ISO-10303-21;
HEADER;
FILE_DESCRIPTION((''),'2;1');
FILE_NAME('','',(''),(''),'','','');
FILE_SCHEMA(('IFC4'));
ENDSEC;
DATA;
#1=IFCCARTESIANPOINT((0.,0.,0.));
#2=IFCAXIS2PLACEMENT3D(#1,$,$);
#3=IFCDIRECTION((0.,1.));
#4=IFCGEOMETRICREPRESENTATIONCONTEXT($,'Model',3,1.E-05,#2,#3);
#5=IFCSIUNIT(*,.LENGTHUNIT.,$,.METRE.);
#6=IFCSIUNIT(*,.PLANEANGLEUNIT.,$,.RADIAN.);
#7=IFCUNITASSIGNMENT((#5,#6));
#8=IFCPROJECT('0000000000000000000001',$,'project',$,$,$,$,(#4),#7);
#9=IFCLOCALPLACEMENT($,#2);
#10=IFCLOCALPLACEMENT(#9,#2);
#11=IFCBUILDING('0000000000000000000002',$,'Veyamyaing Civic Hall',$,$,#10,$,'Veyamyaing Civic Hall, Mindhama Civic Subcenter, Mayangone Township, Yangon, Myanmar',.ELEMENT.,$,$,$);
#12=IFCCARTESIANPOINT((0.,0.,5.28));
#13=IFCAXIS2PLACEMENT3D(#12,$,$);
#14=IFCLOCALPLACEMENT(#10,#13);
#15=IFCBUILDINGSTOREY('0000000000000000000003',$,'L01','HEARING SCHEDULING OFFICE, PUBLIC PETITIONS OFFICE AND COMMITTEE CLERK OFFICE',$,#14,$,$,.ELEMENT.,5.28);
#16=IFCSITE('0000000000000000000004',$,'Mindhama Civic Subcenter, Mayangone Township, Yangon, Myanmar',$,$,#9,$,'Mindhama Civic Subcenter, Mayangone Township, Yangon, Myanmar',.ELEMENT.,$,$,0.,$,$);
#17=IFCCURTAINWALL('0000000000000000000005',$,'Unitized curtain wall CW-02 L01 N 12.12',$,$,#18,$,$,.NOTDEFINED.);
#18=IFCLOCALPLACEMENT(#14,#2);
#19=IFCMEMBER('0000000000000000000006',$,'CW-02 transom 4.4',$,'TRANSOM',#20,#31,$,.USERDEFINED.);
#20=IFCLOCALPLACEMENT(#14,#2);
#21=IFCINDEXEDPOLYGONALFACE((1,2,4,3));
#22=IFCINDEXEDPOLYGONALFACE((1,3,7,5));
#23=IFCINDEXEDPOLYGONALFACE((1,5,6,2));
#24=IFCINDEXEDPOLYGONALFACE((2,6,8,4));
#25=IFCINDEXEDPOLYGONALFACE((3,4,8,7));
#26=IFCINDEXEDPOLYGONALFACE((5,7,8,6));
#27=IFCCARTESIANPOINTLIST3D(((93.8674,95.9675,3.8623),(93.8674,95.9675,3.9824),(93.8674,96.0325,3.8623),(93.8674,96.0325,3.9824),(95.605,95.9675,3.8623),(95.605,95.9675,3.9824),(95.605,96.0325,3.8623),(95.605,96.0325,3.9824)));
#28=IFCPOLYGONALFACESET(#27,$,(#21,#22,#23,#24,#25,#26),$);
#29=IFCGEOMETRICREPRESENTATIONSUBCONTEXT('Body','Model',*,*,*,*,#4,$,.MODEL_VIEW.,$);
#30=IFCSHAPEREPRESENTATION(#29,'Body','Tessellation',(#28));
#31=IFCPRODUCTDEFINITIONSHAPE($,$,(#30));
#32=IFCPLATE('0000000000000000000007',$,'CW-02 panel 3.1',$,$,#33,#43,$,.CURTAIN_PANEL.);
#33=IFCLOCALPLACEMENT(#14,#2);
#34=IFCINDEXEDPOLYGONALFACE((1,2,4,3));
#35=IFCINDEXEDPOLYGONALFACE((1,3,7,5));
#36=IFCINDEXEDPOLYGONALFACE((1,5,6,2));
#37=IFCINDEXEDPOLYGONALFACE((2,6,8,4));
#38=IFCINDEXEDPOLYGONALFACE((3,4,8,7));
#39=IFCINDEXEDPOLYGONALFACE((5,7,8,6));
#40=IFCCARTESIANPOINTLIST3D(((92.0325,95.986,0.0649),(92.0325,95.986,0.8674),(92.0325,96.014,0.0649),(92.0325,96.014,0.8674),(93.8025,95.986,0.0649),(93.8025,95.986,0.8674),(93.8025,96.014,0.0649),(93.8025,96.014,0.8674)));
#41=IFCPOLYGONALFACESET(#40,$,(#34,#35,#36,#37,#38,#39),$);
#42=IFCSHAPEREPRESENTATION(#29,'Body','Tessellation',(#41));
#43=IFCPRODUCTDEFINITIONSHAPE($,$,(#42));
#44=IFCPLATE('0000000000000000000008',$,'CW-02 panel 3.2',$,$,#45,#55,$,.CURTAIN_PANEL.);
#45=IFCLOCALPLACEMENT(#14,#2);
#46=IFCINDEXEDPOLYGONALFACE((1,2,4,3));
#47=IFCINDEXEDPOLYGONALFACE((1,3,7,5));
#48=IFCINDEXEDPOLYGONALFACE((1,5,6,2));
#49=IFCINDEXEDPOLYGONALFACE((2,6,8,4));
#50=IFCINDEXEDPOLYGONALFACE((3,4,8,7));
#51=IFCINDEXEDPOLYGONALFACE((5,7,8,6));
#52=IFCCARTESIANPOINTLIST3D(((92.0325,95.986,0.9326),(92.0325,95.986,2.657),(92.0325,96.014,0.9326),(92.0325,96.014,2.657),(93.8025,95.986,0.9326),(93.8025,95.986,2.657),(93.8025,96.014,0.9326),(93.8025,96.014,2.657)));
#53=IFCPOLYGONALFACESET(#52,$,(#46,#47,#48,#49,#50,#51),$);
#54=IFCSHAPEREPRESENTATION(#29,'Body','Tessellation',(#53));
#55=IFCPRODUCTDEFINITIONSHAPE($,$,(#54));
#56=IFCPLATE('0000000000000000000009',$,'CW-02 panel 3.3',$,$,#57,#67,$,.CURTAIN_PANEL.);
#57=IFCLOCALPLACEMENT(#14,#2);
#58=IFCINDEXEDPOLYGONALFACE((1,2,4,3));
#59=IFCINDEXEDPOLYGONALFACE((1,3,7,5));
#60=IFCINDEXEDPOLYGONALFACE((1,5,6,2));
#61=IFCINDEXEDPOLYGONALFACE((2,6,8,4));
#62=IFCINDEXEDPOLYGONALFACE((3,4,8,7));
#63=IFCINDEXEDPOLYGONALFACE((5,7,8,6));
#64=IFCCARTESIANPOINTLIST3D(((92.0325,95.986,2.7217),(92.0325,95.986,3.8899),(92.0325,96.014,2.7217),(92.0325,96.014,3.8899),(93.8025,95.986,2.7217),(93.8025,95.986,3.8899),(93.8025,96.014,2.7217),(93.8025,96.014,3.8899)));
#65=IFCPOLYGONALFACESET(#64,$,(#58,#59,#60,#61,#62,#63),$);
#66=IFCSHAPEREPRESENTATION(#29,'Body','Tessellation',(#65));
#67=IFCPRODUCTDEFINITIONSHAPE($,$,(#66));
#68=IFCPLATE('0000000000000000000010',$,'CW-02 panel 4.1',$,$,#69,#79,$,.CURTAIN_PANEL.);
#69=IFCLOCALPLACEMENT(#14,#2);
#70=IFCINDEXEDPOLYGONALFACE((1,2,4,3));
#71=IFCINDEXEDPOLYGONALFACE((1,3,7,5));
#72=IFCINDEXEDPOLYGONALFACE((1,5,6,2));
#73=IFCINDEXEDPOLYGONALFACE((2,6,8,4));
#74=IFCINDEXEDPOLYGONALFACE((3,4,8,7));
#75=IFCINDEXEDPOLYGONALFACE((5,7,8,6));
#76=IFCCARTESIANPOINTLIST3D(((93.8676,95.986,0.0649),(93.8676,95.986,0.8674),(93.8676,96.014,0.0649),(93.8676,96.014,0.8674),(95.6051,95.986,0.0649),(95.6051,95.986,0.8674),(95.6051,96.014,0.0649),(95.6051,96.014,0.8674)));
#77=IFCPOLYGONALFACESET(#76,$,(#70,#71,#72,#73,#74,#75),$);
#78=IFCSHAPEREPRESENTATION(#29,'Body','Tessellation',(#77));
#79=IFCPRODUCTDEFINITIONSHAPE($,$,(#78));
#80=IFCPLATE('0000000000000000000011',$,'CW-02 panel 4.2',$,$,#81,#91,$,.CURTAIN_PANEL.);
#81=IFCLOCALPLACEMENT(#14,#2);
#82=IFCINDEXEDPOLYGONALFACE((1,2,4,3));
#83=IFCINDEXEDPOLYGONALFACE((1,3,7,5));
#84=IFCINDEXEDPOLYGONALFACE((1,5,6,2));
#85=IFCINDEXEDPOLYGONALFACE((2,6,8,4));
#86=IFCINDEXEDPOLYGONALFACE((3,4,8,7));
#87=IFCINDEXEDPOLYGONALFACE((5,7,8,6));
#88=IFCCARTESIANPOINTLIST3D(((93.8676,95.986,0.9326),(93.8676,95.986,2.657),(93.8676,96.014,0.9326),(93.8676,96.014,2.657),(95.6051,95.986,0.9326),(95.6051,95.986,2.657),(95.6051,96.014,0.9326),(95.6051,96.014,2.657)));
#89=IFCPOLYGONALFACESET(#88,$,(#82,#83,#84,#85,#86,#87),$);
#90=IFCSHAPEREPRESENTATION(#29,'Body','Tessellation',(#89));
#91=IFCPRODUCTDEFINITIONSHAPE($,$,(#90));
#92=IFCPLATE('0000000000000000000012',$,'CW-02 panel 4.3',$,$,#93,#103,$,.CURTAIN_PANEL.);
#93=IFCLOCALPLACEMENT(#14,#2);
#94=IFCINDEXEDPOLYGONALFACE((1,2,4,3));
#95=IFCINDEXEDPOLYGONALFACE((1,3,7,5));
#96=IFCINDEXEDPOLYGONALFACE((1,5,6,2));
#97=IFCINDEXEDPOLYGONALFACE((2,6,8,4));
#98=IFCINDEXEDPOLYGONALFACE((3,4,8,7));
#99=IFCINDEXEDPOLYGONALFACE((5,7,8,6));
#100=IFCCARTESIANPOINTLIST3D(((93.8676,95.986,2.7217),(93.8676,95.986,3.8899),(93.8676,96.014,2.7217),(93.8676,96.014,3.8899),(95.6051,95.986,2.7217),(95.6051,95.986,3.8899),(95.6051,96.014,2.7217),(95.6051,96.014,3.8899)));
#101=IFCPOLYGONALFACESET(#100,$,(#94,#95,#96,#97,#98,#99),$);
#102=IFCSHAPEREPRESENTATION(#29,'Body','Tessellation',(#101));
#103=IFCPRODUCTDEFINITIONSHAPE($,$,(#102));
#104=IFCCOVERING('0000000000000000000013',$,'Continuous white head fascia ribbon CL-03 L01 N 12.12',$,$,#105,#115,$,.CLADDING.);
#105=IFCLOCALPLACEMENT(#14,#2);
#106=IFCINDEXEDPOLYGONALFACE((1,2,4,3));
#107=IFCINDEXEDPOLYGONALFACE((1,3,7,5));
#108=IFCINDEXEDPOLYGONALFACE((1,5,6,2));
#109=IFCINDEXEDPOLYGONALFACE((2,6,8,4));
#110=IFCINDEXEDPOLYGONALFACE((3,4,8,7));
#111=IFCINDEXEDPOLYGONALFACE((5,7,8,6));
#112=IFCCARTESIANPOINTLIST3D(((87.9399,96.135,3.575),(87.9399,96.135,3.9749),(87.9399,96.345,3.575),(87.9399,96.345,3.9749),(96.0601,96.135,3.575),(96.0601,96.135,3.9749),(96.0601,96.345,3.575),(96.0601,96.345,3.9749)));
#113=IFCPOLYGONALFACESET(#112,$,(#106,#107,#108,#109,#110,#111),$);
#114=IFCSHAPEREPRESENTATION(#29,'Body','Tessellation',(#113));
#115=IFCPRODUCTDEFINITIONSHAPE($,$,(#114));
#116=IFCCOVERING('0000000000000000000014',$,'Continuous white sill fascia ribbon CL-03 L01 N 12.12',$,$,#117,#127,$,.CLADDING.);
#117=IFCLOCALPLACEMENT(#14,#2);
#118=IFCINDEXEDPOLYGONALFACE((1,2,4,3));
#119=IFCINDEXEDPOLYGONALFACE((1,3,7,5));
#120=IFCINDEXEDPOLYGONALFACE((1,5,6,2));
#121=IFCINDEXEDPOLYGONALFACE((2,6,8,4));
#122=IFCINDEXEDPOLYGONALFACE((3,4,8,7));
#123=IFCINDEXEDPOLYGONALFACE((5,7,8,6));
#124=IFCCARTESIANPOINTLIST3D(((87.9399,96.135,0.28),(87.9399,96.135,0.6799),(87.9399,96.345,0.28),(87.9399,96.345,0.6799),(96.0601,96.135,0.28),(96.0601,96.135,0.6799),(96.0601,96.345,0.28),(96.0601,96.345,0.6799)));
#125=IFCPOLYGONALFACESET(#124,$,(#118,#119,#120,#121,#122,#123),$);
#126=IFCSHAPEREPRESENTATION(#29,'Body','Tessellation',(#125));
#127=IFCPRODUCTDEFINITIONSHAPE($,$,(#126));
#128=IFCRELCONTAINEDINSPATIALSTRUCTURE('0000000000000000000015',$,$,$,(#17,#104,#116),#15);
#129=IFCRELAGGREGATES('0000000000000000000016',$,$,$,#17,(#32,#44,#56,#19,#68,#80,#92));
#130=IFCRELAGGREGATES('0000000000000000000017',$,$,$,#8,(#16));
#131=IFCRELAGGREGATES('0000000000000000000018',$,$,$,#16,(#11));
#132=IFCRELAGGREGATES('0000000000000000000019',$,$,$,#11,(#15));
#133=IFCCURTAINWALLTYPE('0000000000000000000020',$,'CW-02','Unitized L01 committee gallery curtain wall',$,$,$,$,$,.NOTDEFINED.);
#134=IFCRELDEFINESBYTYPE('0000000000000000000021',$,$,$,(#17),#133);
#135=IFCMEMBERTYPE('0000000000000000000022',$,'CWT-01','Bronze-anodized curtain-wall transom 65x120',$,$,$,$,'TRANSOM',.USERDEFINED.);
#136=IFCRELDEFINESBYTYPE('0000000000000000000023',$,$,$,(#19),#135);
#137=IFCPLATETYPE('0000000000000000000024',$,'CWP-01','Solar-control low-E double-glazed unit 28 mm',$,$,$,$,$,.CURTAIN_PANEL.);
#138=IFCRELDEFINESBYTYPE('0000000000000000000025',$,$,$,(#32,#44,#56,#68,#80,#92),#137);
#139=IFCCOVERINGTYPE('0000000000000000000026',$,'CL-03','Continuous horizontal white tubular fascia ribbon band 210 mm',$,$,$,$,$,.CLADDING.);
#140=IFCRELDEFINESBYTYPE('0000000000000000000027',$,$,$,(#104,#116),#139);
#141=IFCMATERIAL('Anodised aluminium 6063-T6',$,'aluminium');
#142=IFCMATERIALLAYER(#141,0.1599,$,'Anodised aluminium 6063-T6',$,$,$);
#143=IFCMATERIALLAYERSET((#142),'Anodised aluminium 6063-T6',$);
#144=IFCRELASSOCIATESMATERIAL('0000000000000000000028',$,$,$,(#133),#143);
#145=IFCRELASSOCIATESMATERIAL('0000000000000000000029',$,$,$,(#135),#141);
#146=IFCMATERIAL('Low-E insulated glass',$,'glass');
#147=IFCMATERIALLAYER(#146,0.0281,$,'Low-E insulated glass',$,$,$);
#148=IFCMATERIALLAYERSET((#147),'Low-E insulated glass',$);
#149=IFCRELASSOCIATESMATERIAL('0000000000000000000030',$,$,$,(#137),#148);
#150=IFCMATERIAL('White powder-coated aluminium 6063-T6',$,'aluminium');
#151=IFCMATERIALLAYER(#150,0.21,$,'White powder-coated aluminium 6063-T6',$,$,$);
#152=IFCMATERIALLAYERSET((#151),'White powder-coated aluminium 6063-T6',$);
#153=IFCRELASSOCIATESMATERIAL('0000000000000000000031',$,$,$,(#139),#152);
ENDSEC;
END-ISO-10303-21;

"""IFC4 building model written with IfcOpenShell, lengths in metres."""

from ifc_helpers import new_model, si_unit, direction, frame, origin, origin_2d, place, context, subcontext, project, spatial, rectangle, extrude, material, layer, layer_set, material_profile, profile_set, type_object, element, aggregate, save


model = new_model("IFC4")

# Units and contexts
model_context = context("Model", 3, precision=1e-05, world=origin(), true_north=direction((0.0, 1.0)))
body_context = subcontext(model_context, "Body", "Model", "MODEL_VIEW")
ifc_project = project(units=[si_unit("LENGTHUNIT", "METRE"), si_unit("PLANEANGLEUNIT", "RADIAN")], contexts=[model_context])

# Site, building, storey
site_placement = place(None, origin())
site = spatial("IfcSite", under=ifc_project, at=site_placement, Name="Mindhama Civic Subcenter, Mayangone Township, Yangon, Myanmar", LongName="Mindhama Civic Subcenter, Mayangone Township, Yangon, Myanmar", CompositionType="ELEMENT", RefElevation=0.0)
building_placement = place(site_placement, origin())
building = spatial("IfcBuilding", under=site, at=building_placement, Name="Veyamyaing Civic Hall", LongName="Veyamyaing Civic Hall, Mindhama Civic Subcenter, Mayangone Township, Yangon, Myanmar", CompositionType="ELEMENT")
storey_placement = place(building_placement, frame((0.0, 0.0, 5.28)))
storey = spatial("IfcBuildingStorey", under=building, at=storey_placement, Name="L01", Description="HEARING SCHEDULING OFFICE, PUBLIC PETITIONS OFFICE AND COMMITTEE CLERK OFFICE", CompositionType="ELEMENT", Elevation=5.28)

# Curtain wall, member, plates
ifc_material_1 = material(Name="Anodised aluminium 6063-T6", Category="aluminium")
ifc_layer_1 = layer(ifc_material_1, 0.1599, Name="Anodised aluminium 6063-T6")
ifc_layer_set_1 = layer_set([ifc_layer_1], Name="Anodised aluminium 6063-T6")
curtain_wall_type = type_object("IfcCurtainWallType", Name="CW-02", Description="Unitized L01 committee gallery curtain wall", PredefinedType="NOTDEFINED", material=ifc_layer_set_1)
curtain_wall_placement = place(storey_placement, origin())
curtain_wall = element("IfcCurtainWall", 1, at=curtain_wall_placement, inside=storey, type_object=curtain_wall_type, Name="Unitized curtain wall CW-02 L01 N 12.12", PredefinedType="NOTDEFINED")
ifc_material_profile_1 = material_profile(ifc_material_1, rectangle(XDim=0.0649, YDim=0.1201, at=origin_2d()), Name="ALU-TRN-65X120")
ifc_profile_set_1 = profile_set([ifc_material_profile_1], Name="Anodised aluminium 6063-T6")
member_type_1 = type_object("IfcMemberType", Name="CWT-01", Description="Bronze-anodized curtain-wall transom 65x120", ElementType="TRANSOM", PredefinedType="USERDEFINED", material=ifc_profile_set_1)
member_1_placement = place(storey_placement, frame((93.8674, 96.0, 3.9224), z_axis=(1.0, 0.0, 0.0), x_axis=(0.0, 1.0, 0.0)))
member_1 = element("IfcMember", 2, at=member_1_placement, type_object=member_type_1, Name="CW-02 transom 4.4", ObjectType="TRANSOM", PredefinedType="USERDEFINED", context=body_context, shape_type="SweptSolid", body=[
    extrude(rectangle(XDim=0.0649, YDim=0.1201, at=origin_2d()), origin(), (0.0, 0.0, 1.0), 1.7375),
])
ifc_material_2 = material(Name="Low-E insulated glass", Category="glass")
ifc_layer_2 = layer(ifc_material_2, 0.0281, Name="Low-E insulated glass")
ifc_layer_set_2 = layer_set([ifc_layer_2], Name="Low-E insulated glass")
plate_type = type_object("IfcPlateType", Name="CWP-01", Description="Solar-control low-E double-glazed unit 28 mm", PredefinedType="CURTAIN_PANEL", material=ifc_layer_set_2)
plate_1_placement = place(storey_placement, frame((92.9175, 96.0, 0.0649), z_axis=(0.0, 0.0, 1.0), x_axis=(1.0, 0.0, 0.0)))
plate_1 = element("IfcPlate", 3, at=plate_1_placement, type_object=plate_type, Name="CW-02 panel 3.1", PredefinedType="CURTAIN_PANEL", context=body_context, shape_type="SweptSolid", body=[
    extrude(rectangle(XDim=1.77, YDim=0.0281, at=origin_2d()), origin(), (0.0, 0.0, 1.0), 0.8025),
])
plate_2_placement = place(storey_placement, frame((92.9175, 96.0, 0.9326), z_axis=(0.0, 0.0, 1.0), x_axis=(1.0, 0.0, 0.0)))
plate_2 = element("IfcPlate", 4, at=plate_2_placement, type_object=plate_type, Name="CW-02 panel 3.2", PredefinedType="CURTAIN_PANEL", context=body_context, shape_type="SweptSolid", body=[
    extrude(rectangle(XDim=1.77, YDim=0.0281, at=origin_2d()), origin(), (0.0, 0.0, 1.0), 1.7244),
])
plate_3_placement = place(storey_placement, frame((92.9175, 96.0, 2.7217), z_axis=(0.0, 0.0, 1.0), x_axis=(1.0, 0.0, 0.0)))
plate_3 = element("IfcPlate", 5, at=plate_3_placement, type_object=plate_type, Name="CW-02 panel 3.3", PredefinedType="CURTAIN_PANEL", context=body_context, shape_type="SweptSolid", body=[
    extrude(rectangle(XDim=1.77, YDim=0.0281, at=origin_2d()), origin(), (0.0, 0.0, 1.0), 1.1682),
])
plate_4_placement = place(storey_placement, frame((94.7363, 96.0, 0.0649), z_axis=(0.0, 0.0, 1.0), x_axis=(1.0, 0.0, 0.0)))
plate_4 = element("IfcPlate", 6, at=plate_4_placement, type_object=plate_type, Name="CW-02 panel 4.1", PredefinedType="CURTAIN_PANEL", context=body_context, shape_type="SweptSolid", body=[
    extrude(rectangle(XDim=1.7375, YDim=0.0281, at=origin_2d()), origin(), (0.0, 0.0, 1.0), 0.8025),
])
plate_5_placement = place(storey_placement, frame((94.7363, 96.0, 0.9326), z_axis=(0.0, 0.0, 1.0), x_axis=(1.0, 0.0, 0.0)))
plate_5 = element("IfcPlate", 7, at=plate_5_placement, type_object=plate_type, Name="CW-02 panel 4.2", PredefinedType="CURTAIN_PANEL", context=body_context, shape_type="SweptSolid", body=[
    extrude(rectangle(XDim=1.7375, YDim=0.0281, at=origin_2d()), origin(), (0.0, 0.0, 1.0), 1.7244),
])
plate_6_placement = place(storey_placement, frame((94.7363, 96.0, 2.7217), z_axis=(0.0, 0.0, 1.0), x_axis=(1.0, 0.0, 0.0)))
plate_6 = element("IfcPlate", 8, at=plate_6_placement, type_object=plate_type, Name="CW-02 panel 4.3", PredefinedType="CURTAIN_PANEL", context=body_context, shape_type="SweptSolid", body=[
    extrude(rectangle(XDim=1.7375, YDim=0.0281, at=origin_2d()), origin(), (0.0, 0.0, 1.0), 1.1682),
])
aggregate(curtain_wall, [plate_1, plate_2, plate_3, member_1, plate_4, plate_5, plate_6])

# Coverings
ifc_material_3 = material(Name="White powder-coated aluminium 6063-T6", Category="aluminium")
ifc_layer_3 = layer(ifc_material_3, 0.21, Name="White powder-coated aluminium 6063-T6")
ifc_layer_set_3 = layer_set([ifc_layer_3], Name="White powder-coated aluminium 6063-T6")
covering_type = type_object("IfcCoveringType", Name="CL-03", Description="Continuous horizontal white tubular fascia ribbon band 210 mm", PredefinedType="CLADDING", material=ifc_layer_set_3)
for number, where, z_axis, x_axis, name in (
    (9, (92.0, 96.24, 3.575), (0.0, 0.0, 1.0), (1.0, 0.0, 0.0), "Continuous white head fascia ribbon CL-03 L01 N 12.12"),
    (10, (92.0, 96.24, 0.28), (0.0, 0.0, 1.0), (1.0, 0.0, 0.0), "Continuous white sill fascia ribbon CL-03 L01 N 12.12"),
):
    element("IfcCovering", number, at=place(storey_placement, frame(where, z_axis=z_axis, x_axis=x_axis)), inside=storey, type_object=covering_type, Name=name, PredefinedType="CLADDING", context=body_context, shape_type="SweptSolid", body=[
        extrude(rectangle(XDim=8.1201, YDim=0.21, at=origin_2d()), origin(), (0.0, 0.0, 1.0), 0.3999),
    ])

save(model, "model.ifc")
